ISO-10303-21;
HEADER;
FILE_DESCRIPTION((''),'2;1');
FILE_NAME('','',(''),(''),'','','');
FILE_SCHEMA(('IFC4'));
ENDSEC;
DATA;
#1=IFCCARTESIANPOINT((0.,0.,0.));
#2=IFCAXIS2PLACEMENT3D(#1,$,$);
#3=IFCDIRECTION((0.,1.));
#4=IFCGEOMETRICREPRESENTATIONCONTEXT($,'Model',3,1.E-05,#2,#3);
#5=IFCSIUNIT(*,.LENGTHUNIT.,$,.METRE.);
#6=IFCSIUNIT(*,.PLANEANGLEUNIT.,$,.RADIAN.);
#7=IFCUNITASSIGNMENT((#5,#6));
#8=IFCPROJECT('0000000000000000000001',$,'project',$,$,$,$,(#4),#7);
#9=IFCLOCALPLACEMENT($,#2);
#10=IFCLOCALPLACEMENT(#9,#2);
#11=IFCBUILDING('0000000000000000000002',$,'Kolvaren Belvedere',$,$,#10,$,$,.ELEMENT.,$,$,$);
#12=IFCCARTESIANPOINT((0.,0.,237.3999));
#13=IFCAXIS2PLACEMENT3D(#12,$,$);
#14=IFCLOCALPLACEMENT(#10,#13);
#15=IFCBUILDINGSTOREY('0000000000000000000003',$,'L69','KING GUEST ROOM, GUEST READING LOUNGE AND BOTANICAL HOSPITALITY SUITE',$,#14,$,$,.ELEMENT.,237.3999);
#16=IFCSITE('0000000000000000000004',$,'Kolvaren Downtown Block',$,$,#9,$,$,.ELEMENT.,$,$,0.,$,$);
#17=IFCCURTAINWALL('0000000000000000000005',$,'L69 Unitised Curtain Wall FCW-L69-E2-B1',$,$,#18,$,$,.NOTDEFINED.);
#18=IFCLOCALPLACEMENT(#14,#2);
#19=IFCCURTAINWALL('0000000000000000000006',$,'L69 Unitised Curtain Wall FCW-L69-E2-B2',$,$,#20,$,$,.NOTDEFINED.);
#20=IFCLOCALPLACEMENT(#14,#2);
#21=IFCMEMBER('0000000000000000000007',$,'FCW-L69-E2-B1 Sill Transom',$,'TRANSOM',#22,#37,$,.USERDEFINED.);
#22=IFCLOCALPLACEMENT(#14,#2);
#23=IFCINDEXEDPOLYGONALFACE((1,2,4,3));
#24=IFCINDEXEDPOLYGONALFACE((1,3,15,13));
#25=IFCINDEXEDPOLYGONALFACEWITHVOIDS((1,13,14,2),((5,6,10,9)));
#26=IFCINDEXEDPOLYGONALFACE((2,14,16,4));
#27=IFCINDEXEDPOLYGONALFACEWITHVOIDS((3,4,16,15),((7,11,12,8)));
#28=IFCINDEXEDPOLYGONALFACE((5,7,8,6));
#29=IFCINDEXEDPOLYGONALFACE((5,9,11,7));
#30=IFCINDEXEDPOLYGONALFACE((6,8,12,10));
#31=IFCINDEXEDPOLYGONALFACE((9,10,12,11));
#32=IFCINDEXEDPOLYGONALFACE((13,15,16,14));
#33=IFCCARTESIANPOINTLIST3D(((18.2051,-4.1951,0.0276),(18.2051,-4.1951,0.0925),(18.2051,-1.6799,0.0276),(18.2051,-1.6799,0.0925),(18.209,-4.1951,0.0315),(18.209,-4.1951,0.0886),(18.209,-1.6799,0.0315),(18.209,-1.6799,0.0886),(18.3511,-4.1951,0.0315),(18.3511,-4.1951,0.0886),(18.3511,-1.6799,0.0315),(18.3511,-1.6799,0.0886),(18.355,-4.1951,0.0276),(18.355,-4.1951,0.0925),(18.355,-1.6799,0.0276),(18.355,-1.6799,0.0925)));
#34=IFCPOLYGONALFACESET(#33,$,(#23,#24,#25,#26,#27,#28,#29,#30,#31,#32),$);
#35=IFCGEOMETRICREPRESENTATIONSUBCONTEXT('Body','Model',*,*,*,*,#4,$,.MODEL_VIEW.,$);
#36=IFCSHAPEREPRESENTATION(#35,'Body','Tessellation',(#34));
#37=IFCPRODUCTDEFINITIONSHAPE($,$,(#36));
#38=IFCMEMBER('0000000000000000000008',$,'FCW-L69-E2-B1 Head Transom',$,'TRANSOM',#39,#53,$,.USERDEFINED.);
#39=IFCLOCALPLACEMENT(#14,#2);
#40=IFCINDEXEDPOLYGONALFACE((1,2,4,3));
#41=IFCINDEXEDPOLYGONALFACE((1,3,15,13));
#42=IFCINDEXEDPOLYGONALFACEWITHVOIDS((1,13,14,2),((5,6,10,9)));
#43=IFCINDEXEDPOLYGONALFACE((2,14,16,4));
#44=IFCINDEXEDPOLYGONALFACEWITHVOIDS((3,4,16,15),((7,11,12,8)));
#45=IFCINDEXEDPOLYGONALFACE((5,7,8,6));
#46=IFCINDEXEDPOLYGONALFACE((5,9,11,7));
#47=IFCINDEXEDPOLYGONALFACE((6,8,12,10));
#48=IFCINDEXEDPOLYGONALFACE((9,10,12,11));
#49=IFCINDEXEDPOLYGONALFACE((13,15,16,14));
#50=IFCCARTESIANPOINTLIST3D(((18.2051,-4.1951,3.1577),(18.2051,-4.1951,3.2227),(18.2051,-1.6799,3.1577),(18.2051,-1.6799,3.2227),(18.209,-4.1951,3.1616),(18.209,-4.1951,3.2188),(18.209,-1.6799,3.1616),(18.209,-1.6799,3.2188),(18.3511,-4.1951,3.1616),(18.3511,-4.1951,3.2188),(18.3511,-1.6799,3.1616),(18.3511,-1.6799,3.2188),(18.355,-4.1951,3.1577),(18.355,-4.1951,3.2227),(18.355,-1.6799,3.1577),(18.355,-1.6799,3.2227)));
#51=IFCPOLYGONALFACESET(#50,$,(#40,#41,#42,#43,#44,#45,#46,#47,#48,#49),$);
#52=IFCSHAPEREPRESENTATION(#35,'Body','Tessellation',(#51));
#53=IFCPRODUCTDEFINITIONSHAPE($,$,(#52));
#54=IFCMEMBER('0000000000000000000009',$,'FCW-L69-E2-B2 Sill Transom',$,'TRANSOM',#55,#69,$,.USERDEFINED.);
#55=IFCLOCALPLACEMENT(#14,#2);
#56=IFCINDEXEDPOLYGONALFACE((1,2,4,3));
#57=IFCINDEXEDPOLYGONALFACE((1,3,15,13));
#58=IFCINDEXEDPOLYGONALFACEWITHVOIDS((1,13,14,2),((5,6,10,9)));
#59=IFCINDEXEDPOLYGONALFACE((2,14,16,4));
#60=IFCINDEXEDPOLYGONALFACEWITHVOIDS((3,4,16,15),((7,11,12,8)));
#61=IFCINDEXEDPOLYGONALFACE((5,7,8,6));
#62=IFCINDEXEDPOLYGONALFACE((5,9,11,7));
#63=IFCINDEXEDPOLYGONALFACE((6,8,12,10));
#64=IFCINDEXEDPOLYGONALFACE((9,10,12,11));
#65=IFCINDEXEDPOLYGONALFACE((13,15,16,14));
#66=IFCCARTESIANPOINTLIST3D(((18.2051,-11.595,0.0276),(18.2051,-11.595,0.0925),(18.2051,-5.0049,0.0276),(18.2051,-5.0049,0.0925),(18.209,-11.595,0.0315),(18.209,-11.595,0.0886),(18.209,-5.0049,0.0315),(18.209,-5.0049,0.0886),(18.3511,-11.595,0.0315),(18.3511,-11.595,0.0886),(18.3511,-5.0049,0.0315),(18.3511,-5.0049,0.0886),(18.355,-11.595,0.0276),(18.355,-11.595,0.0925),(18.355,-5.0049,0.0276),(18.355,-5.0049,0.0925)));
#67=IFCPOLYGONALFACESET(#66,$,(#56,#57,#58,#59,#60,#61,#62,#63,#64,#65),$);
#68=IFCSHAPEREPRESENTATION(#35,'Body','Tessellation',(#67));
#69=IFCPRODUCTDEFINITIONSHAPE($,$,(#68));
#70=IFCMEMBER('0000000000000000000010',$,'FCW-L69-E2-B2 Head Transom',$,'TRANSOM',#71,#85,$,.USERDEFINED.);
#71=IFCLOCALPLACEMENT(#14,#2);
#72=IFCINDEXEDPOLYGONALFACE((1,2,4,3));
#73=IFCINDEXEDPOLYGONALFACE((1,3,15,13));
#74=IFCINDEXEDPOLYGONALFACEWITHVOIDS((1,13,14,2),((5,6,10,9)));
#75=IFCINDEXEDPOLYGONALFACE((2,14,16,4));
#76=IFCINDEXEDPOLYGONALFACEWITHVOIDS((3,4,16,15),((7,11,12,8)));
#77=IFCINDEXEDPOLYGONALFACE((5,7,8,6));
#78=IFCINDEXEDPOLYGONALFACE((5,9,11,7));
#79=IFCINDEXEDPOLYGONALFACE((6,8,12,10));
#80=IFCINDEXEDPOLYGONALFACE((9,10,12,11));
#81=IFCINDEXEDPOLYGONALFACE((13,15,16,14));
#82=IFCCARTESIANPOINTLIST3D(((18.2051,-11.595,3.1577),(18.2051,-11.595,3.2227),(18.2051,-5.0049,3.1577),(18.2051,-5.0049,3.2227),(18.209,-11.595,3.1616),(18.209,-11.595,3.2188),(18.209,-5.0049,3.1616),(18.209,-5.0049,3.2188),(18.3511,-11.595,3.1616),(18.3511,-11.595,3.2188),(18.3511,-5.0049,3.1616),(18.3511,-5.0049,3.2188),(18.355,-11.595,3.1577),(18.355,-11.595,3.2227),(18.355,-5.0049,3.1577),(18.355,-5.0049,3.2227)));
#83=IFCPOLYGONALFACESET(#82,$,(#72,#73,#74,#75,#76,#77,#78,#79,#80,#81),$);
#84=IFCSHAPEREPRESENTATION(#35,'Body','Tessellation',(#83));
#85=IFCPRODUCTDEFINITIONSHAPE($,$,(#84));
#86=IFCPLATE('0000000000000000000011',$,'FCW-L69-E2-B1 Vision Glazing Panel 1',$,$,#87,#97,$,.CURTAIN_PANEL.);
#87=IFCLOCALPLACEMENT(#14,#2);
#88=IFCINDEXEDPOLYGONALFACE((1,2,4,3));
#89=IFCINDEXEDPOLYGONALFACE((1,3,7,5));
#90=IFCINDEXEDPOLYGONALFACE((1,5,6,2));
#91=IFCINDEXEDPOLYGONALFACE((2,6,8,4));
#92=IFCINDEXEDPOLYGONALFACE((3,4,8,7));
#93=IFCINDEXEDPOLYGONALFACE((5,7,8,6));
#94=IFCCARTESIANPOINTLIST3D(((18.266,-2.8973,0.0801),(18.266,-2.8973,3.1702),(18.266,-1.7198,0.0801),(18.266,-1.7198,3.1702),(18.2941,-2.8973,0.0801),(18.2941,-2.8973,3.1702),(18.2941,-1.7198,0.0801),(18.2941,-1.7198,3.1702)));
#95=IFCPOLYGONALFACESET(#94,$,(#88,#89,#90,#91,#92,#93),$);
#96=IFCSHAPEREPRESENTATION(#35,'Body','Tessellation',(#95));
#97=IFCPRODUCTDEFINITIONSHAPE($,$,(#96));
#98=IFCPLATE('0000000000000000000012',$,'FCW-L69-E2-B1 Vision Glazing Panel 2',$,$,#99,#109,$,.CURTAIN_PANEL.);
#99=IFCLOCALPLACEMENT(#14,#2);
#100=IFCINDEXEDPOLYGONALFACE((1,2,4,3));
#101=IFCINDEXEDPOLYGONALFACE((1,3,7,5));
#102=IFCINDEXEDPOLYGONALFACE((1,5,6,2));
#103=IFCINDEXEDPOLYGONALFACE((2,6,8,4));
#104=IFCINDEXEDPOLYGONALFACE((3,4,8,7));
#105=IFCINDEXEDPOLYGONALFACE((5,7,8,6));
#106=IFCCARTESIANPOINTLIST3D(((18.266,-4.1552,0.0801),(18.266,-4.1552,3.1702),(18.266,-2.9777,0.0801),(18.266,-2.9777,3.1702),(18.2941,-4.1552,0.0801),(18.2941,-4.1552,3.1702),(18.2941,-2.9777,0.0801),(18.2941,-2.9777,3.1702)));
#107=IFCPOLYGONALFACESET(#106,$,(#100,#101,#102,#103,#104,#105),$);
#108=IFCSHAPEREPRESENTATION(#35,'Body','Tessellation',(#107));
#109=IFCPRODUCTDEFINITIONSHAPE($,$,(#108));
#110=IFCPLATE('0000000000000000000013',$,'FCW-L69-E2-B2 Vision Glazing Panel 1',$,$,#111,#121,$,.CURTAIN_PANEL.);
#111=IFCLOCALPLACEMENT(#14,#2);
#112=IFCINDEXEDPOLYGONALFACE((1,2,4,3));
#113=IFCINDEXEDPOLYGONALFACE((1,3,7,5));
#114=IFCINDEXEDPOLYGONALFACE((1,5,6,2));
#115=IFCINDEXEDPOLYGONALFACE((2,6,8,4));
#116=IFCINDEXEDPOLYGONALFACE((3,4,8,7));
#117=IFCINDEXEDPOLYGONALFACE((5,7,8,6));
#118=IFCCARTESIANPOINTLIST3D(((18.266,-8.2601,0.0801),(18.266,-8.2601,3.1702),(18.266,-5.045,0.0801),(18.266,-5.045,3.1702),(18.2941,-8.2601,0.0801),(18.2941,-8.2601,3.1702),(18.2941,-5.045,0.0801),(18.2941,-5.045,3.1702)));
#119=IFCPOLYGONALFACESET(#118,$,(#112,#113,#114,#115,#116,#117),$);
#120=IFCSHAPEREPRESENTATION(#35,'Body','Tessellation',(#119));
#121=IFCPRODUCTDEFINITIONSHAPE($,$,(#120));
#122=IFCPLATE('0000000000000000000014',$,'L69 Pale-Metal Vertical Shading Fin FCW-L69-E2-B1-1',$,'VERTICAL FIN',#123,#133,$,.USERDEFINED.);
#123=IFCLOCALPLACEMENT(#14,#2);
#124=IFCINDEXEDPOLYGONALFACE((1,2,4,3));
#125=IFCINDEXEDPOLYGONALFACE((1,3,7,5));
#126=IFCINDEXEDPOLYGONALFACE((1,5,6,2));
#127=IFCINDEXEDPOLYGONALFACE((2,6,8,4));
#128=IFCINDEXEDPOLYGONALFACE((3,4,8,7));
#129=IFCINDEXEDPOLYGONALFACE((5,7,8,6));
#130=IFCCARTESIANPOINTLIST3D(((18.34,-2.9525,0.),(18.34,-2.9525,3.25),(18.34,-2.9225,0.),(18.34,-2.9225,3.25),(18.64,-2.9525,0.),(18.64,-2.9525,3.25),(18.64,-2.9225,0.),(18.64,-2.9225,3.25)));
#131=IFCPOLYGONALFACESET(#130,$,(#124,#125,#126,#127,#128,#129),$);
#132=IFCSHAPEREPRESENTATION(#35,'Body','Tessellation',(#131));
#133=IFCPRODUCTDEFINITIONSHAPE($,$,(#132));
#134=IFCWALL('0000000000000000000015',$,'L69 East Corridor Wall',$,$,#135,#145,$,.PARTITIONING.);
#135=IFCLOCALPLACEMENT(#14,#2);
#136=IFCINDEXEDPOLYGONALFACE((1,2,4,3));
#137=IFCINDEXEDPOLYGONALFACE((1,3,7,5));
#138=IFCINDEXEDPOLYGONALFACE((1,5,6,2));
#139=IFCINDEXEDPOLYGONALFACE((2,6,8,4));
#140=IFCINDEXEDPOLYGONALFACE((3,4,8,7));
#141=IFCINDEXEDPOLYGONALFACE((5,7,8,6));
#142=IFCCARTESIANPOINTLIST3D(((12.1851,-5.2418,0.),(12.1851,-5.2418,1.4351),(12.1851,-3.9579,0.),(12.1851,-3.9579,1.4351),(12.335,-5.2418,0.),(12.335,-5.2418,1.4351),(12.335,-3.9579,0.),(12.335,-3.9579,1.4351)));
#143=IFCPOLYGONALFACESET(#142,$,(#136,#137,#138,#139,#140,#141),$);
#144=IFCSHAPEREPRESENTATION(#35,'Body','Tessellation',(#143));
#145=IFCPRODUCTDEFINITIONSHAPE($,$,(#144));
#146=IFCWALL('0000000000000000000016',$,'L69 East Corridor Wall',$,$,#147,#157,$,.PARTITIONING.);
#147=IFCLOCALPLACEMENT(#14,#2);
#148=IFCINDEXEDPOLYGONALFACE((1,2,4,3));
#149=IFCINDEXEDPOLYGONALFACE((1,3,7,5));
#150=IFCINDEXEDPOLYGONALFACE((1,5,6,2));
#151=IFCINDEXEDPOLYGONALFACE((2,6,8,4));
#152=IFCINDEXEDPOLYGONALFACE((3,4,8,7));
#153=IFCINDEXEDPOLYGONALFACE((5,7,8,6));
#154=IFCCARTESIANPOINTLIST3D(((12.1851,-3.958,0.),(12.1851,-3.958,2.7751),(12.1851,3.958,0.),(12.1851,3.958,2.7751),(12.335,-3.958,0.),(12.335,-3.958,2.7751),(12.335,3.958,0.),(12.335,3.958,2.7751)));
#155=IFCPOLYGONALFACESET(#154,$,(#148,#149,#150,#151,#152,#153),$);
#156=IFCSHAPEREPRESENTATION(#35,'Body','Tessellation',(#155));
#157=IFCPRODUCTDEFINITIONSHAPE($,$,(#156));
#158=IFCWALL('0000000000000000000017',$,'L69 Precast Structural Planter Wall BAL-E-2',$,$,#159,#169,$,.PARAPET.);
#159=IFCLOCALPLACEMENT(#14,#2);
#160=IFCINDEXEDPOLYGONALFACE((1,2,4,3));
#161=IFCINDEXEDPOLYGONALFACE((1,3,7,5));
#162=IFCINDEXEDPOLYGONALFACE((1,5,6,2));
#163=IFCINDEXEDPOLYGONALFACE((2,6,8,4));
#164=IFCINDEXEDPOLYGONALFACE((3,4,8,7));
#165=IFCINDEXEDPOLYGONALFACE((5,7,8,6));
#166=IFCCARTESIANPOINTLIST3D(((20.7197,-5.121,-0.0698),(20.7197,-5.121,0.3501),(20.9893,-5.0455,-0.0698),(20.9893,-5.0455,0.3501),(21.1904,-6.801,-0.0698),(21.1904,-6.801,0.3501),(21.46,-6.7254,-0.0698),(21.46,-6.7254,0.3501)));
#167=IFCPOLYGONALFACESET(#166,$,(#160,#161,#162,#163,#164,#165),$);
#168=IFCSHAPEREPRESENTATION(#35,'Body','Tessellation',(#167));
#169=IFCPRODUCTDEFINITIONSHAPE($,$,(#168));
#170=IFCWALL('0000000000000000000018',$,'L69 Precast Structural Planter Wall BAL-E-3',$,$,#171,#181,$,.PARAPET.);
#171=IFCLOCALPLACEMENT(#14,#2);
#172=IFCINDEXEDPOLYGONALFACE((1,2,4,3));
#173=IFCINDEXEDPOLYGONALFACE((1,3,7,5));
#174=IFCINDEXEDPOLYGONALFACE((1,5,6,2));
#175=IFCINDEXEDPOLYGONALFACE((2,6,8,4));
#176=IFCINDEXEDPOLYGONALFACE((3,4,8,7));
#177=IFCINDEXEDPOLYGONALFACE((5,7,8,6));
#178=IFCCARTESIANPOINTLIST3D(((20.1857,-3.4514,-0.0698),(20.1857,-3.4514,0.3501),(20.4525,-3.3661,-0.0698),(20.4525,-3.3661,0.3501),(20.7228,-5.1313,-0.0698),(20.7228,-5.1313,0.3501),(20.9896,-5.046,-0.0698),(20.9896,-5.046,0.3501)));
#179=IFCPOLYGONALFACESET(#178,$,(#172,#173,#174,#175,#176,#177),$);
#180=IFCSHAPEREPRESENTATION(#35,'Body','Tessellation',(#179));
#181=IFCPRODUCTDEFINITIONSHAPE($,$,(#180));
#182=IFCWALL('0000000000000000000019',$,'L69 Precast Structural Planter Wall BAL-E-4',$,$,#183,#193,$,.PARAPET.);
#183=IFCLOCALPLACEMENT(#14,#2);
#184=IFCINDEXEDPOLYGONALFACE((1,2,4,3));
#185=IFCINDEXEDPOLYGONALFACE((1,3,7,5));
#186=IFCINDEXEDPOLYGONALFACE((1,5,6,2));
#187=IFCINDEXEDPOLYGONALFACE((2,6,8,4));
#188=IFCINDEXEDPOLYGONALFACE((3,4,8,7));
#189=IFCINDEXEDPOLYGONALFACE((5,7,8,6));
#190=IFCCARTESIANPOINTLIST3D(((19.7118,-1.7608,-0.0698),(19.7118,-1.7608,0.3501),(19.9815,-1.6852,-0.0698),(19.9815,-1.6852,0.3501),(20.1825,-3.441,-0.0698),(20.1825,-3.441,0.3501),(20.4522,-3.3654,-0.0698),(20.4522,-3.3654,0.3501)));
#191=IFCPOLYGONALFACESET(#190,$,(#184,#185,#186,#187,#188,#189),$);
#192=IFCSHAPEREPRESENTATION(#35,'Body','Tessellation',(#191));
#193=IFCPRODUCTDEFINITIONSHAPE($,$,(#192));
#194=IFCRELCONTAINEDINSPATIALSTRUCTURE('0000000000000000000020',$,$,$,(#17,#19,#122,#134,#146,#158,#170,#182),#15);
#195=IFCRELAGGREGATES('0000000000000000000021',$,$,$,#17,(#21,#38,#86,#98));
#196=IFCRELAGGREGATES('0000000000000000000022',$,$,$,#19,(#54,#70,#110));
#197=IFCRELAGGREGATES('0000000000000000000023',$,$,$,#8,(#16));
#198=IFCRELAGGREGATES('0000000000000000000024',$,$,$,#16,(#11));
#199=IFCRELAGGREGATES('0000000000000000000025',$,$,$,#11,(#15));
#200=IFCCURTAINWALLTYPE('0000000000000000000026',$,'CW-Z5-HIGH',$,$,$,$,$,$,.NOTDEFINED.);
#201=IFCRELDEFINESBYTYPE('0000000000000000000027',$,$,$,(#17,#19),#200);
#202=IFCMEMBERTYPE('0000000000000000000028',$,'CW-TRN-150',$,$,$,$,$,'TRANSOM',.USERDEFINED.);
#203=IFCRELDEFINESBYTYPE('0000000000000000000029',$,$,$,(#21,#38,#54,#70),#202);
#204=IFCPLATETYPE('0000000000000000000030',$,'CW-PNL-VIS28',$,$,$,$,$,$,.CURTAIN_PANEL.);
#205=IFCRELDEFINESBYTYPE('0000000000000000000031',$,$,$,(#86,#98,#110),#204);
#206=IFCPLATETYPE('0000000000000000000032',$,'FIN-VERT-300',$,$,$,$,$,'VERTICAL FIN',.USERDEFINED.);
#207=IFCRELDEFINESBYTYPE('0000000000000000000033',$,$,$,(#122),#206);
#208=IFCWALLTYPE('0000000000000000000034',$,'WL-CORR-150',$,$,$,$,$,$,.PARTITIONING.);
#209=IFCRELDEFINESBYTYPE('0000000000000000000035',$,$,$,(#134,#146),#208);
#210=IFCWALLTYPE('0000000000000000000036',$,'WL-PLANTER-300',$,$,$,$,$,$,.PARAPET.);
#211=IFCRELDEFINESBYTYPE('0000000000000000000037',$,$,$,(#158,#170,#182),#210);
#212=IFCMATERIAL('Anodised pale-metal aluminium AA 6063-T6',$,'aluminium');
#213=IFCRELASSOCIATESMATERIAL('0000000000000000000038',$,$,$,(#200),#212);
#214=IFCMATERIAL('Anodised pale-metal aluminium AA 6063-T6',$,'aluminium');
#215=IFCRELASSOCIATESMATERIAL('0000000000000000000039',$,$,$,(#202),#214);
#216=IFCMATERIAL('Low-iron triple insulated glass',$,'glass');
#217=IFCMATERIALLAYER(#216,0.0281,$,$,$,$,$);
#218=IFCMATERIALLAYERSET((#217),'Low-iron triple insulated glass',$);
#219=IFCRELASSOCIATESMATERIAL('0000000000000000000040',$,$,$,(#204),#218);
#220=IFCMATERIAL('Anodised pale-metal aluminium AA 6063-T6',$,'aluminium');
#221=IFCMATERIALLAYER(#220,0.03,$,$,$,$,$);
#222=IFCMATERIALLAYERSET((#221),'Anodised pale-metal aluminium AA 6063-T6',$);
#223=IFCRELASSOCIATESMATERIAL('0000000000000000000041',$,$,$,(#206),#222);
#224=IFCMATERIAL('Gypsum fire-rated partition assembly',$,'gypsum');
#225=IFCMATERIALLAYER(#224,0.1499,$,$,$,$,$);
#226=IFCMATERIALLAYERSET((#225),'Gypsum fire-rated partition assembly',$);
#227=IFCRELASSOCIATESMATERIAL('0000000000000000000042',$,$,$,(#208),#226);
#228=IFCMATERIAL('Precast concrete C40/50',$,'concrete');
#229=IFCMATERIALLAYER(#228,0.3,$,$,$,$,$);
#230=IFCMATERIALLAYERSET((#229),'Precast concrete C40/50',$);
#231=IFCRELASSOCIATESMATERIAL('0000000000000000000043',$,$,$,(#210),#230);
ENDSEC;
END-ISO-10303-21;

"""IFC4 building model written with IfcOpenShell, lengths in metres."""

from ifc_helpers import new_model, si_unit, direction, frame, frame_2d, origin, origin_2d, place, context, subcontext, project, spatial, rectangle, hollow_rectangle, extrude, material, layer, layer_set, material_profile, profile_set, type_object, element, aggregate, save


model = new_model("IFC4")

# Units and contexts
model_context = context("Model", 3, precision=1e-05, world=origin(), true_north=direction((0.0, 1.0)))
body_context = subcontext(model_context, "Body", "Model", "MODEL_VIEW")
ifc_project = project(units=[si_unit("LENGTHUNIT", "METRE"), si_unit("PLANEANGLEUNIT", "RADIAN")], contexts=[model_context])

# Site, building, storey
site_placement = place(None, origin())
site = spatial("IfcSite", under=ifc_project, at=site_placement, Name="Kolvaren Downtown Block", CompositionType="ELEMENT", RefElevation=0.0)
building_placement = place(site_placement, origin())
building = spatial("IfcBuilding", under=site, at=building_placement, Name="Kolvaren Belvedere", CompositionType="ELEMENT")
storey_placement = place(building_placement, frame((0.0, 0.0, 237.3999)))
storey = spatial("IfcBuildingStorey", under=building, at=storey_placement, Name="L69", Description="KING GUEST ROOM, GUEST READING LOUNGE AND BOTANICAL HOSPITALITY SUITE", CompositionType="ELEMENT", Elevation=237.3999)

# Curtain wall
ifc_material_1 = material(Name="Anodised pale-metal aluminium AA 6063-T6", Category="aluminium")
curtain_wall_type = type_object("IfcCurtainWallType", Name="CW-Z5-HIGH", PredefinedType="NOTDEFINED", material=ifc_material_1)
curtain_wall_1_placement = place(storey_placement, origin())
curtain_wall_1 = element("IfcCurtainWall", 1, at=curtain_wall_1_placement, inside=storey, type_object=curtain_wall_type, Name="L69 Unitised Curtain Wall FCW-L69-E2-B1", PredefinedType="NOTDEFINED")

# Curtain wall
curtain_wall_2_placement = place(storey_placement, origin())
curtain_wall_2 = element("IfcCurtainWall", 2, at=curtain_wall_2_placement, inside=storey, type_object=curtain_wall_type, Name="L69 Unitised Curtain Wall FCW-L69-E2-B2", PredefinedType="NOTDEFINED")

# Members
ifc_material_2 = material(Name="Anodised pale-metal aluminium AA 6063-T6", Category="aluminium")
ifc_material_profile_1 = material_profile(ifc_material_2, hollow_rectangle(XDim=0.0649, YDim=0.1499, WallThickness=0.0039, at=origin_2d()), Name="ALU-TRN-150X65")
ifc_profile_set_1 = profile_set([ifc_material_profile_1], Name="Anodised pale-metal aluminium AA 6063-T6")
member_type_1 = type_object("IfcMemberType", Name="CW-TRN-150", ElementType="TRANSOM", PredefinedType="USERDEFINED", material=ifc_profile_set_1)
member_1_placement = place(storey_placement, frame((18.28, -1.6799, 0.0601), z_axis=(0.0, -1.0, 0.0), x_axis=(0.0, 0.0, 1.0)))
member_1 = element("IfcMember", 3, at=member_1_placement, type_object=member_type_1, Name="FCW-L69-E2-B1 Sill Transom", ObjectType="TRANSOM", PredefinedType="USERDEFINED", context=body_context, shape_type="SweptSolid", body=[
    extrude(hollow_rectangle(XDim=0.0649, YDim=0.1499, WallThickness=0.0039, at=origin_2d()), origin(), (0.0, 0.0, 1.0), 2.5151),
])
member_2_placement = place(storey_placement, frame((18.28, -1.6799, 3.1902), z_axis=(0.0, -1.0, 0.0), x_axis=(0.0, 0.0, 1.0)))
member_2 = element("IfcMember", 4, at=member_2_placement, type_object=member_type_1, Name="FCW-L69-E2-B1 Head Transom", ObjectType="TRANSOM", PredefinedType="USERDEFINED", context=body_context, shape_type="SweptSolid", body=[
    extrude(hollow_rectangle(XDim=0.0649, YDim=0.1499, WallThickness=0.0039, at=origin_2d()), origin(), (0.0, 0.0, 1.0), 2.5151),
])
member_3_placement = place(storey_placement, frame((18.28, -5.0049, 0.0601), z_axis=(0.0, -1.0, 0.0), x_axis=(0.0, 0.0, 1.0)))
member_3 = element("IfcMember", 5, at=member_3_placement, type_object=member_type_1, Name="FCW-L69-E2-B2 Sill Transom", ObjectType="TRANSOM", PredefinedType="USERDEFINED", context=body_context, shape_type="SweptSolid", body=[
    extrude(hollow_rectangle(XDim=0.0649, YDim=0.1499, WallThickness=0.0039, at=origin_2d()), origin(), (0.0, 0.0, 1.0), 6.5901),
])
member_4_placement = place(storey_placement, frame((18.28, -5.0049, 3.1902), z_axis=(0.0, -1.0, 0.0), x_axis=(0.0, 0.0, 1.0)))
member_4 = element("IfcMember", 6, at=member_4_placement, type_object=member_type_1, Name="FCW-L69-E2-B2 Head Transom", ObjectType="TRANSOM", PredefinedType="USERDEFINED", context=body_context, shape_type="SweptSolid", body=[
    extrude(hollow_rectangle(XDim=0.0649, YDim=0.1499, WallThickness=0.0039, at=origin_2d()), origin(), (0.0, 0.0, 1.0), 6.5901),
])

# Plates
ifc_material_3 = material(Name="Low-iron triple insulated glass", Category="glass")
ifc_layer_1 = layer(ifc_material_3, 0.0281)
ifc_layer_set_1 = layer_set([ifc_layer_1], Name="Low-iron triple insulated glass")
plate_type_1 = type_object("IfcPlateType", Name="CW-PNL-VIS28", PredefinedType="CURTAIN_PANEL", material=ifc_layer_set_1)
plate_1_placement = place(storey_placement, frame((18.28, -2.3086, 0.0801), z_axis=(0.0, 0.0, 1.0), x_axis=(0.0, -1.0, 0.0)))
plate_1 = element("IfcPlate", 7, at=plate_1_placement, type_object=plate_type_1, Name="FCW-L69-E2-B1 Vision Glazing Panel 1", PredefinedType="CURTAIN_PANEL", context=body_context, shape_type="SweptSolid", body=[
    extrude(rectangle(XDim=1.1775, YDim=0.0281, at=origin_2d()), origin(), (0.0, 0.0, 1.0), 3.0901),
])
plate_2_placement = place(storey_placement, frame((18.28, -3.5664, 0.0801), z_axis=(0.0, 0.0, 1.0), x_axis=(0.0, -1.0, 0.0)))
plate_2 = element("IfcPlate", 8, at=plate_2_placement, type_object=plate_type_1, Name="FCW-L69-E2-B1 Vision Glazing Panel 2", PredefinedType="CURTAIN_PANEL", context=body_context, shape_type="SweptSolid", body=[
    extrude(rectangle(XDim=1.1775, YDim=0.0281, at=origin_2d()), origin(), (0.0, 0.0, 1.0), 3.0901),
])
aggregate(curtain_wall_1, [member_1, member_2, plate_1, plate_2])
plate_3_placement = place(storey_placement, frame((18.28, -6.6526, 0.0801), z_axis=(0.0, 0.0, 1.0), x_axis=(0.0, -1.0, 0.0)))
plate_3 = element("IfcPlate", 9, at=plate_3_placement, type_object=plate_type_1, Name="FCW-L69-E2-B2 Vision Glazing Panel 1", PredefinedType="CURTAIN_PANEL", context=body_context, shape_type="SweptSolid", body=[
    extrude(rectangle(XDim=3.2151, YDim=0.0281, at=origin_2d()), origin(), (0.0, 0.0, 1.0), 3.0901),
])
aggregate(curtain_wall_2, [member_3, member_4, plate_3])
ifc_material_4 = material(Name="Anodised pale-metal aluminium AA 6063-T6", Category="aluminium")
ifc_layer_2 = layer(ifc_material_4, 0.03)
ifc_layer_set_2 = layer_set([ifc_layer_2], Name="Anodised pale-metal aluminium AA 6063-T6")
plate_type_2 = type_object("IfcPlateType", Name="FIN-VERT-300", ElementType="VERTICAL FIN", PredefinedType="USERDEFINED", material=ifc_layer_set_2)
plate_4_placement = place(storey_placement, frame((18.49, -2.9375, 0.0), z_axis=(0.0, 0.0, 1.0), x_axis=(1.0, 0.0, 0.0)))
element("IfcPlate", 10, at=plate_4_placement, inside=storey, type_object=plate_type_2, Name="L69 Pale-Metal Vertical Shading Fin FCW-L69-E2-B1-1", ObjectType="VERTICAL FIN", PredefinedType="USERDEFINED", context=body_context, shape_type="SweptSolid", body=[
    extrude(rectangle(XDim=0.3, YDim=0.03, at=origin_2d()), origin(), (0.0, 0.0, 1.0), 3.25),
])

# Walls
ifc_material_5 = material(Name="Gypsum fire-rated partition assembly", Category="gypsum")
ifc_layer_3 = layer(ifc_material_5, 0.1499)
ifc_layer_set_3 = layer_set([ifc_layer_3], Name="Gypsum fire-rated partition assembly")
wall_type_1 = type_object("IfcWallType", Name="WL-CORR-150", PredefinedType="PARTITIONING", material=ifc_layer_set_3)
wall_1_placement = place(storey_placement, frame((12.26, -5.2419, 0.0), z_axis=(0.0, 0.0, 1.0), x_axis=(0.0, 1.0, 0.0)))
element("IfcWall", 11, at=wall_1_placement, inside=storey, type_object=wall_type_1, Name="L69 East Corridor Wall", PredefinedType="PARTITIONING", context=body_context, shape_type="SweptSolid", body=[
    extrude(rectangle(XDim=1.2839, YDim=0.1499, at=frame_2d((0.6421, 0.0))), origin(), (0.0, 0.0, 1.0), 1.4351),
])
wall_2_placement = place(storey_placement, frame((12.26, -3.958, 0.0), z_axis=(0.0, 0.0, 1.0), x_axis=(0.0, 1.0, 0.0)))
element("IfcWall", 12, at=wall_2_placement, inside=storey, type_object=wall_type_1, Name="L69 East Corridor Wall", PredefinedType="PARTITIONING", context=body_context, shape_type="SweptSolid", body=[
    extrude(rectangle(XDim=7.916, YDim=0.1499, at=frame_2d((3.958, 0.0))), origin(), (0.0, 0.0, 1.0), 2.7751),
])
ifc_material_6 = material(Name="Precast concrete C40/50", Category="concrete")
ifc_layer_4 = layer(ifc_material_6, 0.3)
ifc_layer_set_4 = layer_set([ifc_layer_4], Name="Precast concrete C40/50")
wall_type_2 = type_object("IfcWallType", Name="WL-PLANTER-300", PredefinedType="PARAPET", material=ifc_layer_set_4)
wall_3_placement = place(storey_placement, frame((21.3252, -6.7632, -0.0698), z_axis=(0.0, 0.0, 1.0), x_axis=(-0.269801, 0.962916, 0.0)))
element("IfcWall", 13, at=wall_3_placement, inside=storey, type_object=wall_type_2, Name="L69 Precast Structural Planter Wall BAL-E-2", PredefinedType="PARAPET", context=body_context, shape_type="SweptSolid", body=[
    extrude(rectangle(XDim=1.7446, YDim=0.28, at=frame_2d((0.8723, 0.0))), origin(), (0.0, 0.0, 1.0), 0.4199),
])
wall_4_placement = place(storey_placement, frame((20.8562, -5.0886, -0.0698), z_axis=(0.0, 0.0, 1.0), x_axis=(-0.304535, 0.952501, 0.0)))
element("IfcWall", 14, at=wall_4_placement, inside=storey, type_object=wall_type_2, Name="L69 Precast Structural Planter Wall BAL-E-3", PredefinedType="PARAPET", context=body_context, shape_type="SweptSolid", body=[
    extrude(rectangle(XDim=1.7637, YDim=0.28, at=frame_2d((0.8818, 0.0))), origin(), (0.0, 0.0, 1.0), 0.4199),
])
wall_5_placement = place(storey_placement, frame((20.3174, -3.4033, -0.0698), z_axis=(0.0, 0.0, 1.0), x_axis=(-0.269765, 0.962926, 0.0)))
element("IfcWall", 15, at=wall_5_placement, inside=storey, type_object=wall_type_2, Name="L69 Precast Structural Planter Wall BAL-E-4", PredefinedType="PARAPET", context=body_context, shape_type="SweptSolid", body=[
    extrude(rectangle(XDim=1.7449, YDim=0.28, at=frame_2d((0.8726, 0.0))), origin(), (0.0, 0.0, 1.0), 0.4199),
])

save(model, "model.ifc")
